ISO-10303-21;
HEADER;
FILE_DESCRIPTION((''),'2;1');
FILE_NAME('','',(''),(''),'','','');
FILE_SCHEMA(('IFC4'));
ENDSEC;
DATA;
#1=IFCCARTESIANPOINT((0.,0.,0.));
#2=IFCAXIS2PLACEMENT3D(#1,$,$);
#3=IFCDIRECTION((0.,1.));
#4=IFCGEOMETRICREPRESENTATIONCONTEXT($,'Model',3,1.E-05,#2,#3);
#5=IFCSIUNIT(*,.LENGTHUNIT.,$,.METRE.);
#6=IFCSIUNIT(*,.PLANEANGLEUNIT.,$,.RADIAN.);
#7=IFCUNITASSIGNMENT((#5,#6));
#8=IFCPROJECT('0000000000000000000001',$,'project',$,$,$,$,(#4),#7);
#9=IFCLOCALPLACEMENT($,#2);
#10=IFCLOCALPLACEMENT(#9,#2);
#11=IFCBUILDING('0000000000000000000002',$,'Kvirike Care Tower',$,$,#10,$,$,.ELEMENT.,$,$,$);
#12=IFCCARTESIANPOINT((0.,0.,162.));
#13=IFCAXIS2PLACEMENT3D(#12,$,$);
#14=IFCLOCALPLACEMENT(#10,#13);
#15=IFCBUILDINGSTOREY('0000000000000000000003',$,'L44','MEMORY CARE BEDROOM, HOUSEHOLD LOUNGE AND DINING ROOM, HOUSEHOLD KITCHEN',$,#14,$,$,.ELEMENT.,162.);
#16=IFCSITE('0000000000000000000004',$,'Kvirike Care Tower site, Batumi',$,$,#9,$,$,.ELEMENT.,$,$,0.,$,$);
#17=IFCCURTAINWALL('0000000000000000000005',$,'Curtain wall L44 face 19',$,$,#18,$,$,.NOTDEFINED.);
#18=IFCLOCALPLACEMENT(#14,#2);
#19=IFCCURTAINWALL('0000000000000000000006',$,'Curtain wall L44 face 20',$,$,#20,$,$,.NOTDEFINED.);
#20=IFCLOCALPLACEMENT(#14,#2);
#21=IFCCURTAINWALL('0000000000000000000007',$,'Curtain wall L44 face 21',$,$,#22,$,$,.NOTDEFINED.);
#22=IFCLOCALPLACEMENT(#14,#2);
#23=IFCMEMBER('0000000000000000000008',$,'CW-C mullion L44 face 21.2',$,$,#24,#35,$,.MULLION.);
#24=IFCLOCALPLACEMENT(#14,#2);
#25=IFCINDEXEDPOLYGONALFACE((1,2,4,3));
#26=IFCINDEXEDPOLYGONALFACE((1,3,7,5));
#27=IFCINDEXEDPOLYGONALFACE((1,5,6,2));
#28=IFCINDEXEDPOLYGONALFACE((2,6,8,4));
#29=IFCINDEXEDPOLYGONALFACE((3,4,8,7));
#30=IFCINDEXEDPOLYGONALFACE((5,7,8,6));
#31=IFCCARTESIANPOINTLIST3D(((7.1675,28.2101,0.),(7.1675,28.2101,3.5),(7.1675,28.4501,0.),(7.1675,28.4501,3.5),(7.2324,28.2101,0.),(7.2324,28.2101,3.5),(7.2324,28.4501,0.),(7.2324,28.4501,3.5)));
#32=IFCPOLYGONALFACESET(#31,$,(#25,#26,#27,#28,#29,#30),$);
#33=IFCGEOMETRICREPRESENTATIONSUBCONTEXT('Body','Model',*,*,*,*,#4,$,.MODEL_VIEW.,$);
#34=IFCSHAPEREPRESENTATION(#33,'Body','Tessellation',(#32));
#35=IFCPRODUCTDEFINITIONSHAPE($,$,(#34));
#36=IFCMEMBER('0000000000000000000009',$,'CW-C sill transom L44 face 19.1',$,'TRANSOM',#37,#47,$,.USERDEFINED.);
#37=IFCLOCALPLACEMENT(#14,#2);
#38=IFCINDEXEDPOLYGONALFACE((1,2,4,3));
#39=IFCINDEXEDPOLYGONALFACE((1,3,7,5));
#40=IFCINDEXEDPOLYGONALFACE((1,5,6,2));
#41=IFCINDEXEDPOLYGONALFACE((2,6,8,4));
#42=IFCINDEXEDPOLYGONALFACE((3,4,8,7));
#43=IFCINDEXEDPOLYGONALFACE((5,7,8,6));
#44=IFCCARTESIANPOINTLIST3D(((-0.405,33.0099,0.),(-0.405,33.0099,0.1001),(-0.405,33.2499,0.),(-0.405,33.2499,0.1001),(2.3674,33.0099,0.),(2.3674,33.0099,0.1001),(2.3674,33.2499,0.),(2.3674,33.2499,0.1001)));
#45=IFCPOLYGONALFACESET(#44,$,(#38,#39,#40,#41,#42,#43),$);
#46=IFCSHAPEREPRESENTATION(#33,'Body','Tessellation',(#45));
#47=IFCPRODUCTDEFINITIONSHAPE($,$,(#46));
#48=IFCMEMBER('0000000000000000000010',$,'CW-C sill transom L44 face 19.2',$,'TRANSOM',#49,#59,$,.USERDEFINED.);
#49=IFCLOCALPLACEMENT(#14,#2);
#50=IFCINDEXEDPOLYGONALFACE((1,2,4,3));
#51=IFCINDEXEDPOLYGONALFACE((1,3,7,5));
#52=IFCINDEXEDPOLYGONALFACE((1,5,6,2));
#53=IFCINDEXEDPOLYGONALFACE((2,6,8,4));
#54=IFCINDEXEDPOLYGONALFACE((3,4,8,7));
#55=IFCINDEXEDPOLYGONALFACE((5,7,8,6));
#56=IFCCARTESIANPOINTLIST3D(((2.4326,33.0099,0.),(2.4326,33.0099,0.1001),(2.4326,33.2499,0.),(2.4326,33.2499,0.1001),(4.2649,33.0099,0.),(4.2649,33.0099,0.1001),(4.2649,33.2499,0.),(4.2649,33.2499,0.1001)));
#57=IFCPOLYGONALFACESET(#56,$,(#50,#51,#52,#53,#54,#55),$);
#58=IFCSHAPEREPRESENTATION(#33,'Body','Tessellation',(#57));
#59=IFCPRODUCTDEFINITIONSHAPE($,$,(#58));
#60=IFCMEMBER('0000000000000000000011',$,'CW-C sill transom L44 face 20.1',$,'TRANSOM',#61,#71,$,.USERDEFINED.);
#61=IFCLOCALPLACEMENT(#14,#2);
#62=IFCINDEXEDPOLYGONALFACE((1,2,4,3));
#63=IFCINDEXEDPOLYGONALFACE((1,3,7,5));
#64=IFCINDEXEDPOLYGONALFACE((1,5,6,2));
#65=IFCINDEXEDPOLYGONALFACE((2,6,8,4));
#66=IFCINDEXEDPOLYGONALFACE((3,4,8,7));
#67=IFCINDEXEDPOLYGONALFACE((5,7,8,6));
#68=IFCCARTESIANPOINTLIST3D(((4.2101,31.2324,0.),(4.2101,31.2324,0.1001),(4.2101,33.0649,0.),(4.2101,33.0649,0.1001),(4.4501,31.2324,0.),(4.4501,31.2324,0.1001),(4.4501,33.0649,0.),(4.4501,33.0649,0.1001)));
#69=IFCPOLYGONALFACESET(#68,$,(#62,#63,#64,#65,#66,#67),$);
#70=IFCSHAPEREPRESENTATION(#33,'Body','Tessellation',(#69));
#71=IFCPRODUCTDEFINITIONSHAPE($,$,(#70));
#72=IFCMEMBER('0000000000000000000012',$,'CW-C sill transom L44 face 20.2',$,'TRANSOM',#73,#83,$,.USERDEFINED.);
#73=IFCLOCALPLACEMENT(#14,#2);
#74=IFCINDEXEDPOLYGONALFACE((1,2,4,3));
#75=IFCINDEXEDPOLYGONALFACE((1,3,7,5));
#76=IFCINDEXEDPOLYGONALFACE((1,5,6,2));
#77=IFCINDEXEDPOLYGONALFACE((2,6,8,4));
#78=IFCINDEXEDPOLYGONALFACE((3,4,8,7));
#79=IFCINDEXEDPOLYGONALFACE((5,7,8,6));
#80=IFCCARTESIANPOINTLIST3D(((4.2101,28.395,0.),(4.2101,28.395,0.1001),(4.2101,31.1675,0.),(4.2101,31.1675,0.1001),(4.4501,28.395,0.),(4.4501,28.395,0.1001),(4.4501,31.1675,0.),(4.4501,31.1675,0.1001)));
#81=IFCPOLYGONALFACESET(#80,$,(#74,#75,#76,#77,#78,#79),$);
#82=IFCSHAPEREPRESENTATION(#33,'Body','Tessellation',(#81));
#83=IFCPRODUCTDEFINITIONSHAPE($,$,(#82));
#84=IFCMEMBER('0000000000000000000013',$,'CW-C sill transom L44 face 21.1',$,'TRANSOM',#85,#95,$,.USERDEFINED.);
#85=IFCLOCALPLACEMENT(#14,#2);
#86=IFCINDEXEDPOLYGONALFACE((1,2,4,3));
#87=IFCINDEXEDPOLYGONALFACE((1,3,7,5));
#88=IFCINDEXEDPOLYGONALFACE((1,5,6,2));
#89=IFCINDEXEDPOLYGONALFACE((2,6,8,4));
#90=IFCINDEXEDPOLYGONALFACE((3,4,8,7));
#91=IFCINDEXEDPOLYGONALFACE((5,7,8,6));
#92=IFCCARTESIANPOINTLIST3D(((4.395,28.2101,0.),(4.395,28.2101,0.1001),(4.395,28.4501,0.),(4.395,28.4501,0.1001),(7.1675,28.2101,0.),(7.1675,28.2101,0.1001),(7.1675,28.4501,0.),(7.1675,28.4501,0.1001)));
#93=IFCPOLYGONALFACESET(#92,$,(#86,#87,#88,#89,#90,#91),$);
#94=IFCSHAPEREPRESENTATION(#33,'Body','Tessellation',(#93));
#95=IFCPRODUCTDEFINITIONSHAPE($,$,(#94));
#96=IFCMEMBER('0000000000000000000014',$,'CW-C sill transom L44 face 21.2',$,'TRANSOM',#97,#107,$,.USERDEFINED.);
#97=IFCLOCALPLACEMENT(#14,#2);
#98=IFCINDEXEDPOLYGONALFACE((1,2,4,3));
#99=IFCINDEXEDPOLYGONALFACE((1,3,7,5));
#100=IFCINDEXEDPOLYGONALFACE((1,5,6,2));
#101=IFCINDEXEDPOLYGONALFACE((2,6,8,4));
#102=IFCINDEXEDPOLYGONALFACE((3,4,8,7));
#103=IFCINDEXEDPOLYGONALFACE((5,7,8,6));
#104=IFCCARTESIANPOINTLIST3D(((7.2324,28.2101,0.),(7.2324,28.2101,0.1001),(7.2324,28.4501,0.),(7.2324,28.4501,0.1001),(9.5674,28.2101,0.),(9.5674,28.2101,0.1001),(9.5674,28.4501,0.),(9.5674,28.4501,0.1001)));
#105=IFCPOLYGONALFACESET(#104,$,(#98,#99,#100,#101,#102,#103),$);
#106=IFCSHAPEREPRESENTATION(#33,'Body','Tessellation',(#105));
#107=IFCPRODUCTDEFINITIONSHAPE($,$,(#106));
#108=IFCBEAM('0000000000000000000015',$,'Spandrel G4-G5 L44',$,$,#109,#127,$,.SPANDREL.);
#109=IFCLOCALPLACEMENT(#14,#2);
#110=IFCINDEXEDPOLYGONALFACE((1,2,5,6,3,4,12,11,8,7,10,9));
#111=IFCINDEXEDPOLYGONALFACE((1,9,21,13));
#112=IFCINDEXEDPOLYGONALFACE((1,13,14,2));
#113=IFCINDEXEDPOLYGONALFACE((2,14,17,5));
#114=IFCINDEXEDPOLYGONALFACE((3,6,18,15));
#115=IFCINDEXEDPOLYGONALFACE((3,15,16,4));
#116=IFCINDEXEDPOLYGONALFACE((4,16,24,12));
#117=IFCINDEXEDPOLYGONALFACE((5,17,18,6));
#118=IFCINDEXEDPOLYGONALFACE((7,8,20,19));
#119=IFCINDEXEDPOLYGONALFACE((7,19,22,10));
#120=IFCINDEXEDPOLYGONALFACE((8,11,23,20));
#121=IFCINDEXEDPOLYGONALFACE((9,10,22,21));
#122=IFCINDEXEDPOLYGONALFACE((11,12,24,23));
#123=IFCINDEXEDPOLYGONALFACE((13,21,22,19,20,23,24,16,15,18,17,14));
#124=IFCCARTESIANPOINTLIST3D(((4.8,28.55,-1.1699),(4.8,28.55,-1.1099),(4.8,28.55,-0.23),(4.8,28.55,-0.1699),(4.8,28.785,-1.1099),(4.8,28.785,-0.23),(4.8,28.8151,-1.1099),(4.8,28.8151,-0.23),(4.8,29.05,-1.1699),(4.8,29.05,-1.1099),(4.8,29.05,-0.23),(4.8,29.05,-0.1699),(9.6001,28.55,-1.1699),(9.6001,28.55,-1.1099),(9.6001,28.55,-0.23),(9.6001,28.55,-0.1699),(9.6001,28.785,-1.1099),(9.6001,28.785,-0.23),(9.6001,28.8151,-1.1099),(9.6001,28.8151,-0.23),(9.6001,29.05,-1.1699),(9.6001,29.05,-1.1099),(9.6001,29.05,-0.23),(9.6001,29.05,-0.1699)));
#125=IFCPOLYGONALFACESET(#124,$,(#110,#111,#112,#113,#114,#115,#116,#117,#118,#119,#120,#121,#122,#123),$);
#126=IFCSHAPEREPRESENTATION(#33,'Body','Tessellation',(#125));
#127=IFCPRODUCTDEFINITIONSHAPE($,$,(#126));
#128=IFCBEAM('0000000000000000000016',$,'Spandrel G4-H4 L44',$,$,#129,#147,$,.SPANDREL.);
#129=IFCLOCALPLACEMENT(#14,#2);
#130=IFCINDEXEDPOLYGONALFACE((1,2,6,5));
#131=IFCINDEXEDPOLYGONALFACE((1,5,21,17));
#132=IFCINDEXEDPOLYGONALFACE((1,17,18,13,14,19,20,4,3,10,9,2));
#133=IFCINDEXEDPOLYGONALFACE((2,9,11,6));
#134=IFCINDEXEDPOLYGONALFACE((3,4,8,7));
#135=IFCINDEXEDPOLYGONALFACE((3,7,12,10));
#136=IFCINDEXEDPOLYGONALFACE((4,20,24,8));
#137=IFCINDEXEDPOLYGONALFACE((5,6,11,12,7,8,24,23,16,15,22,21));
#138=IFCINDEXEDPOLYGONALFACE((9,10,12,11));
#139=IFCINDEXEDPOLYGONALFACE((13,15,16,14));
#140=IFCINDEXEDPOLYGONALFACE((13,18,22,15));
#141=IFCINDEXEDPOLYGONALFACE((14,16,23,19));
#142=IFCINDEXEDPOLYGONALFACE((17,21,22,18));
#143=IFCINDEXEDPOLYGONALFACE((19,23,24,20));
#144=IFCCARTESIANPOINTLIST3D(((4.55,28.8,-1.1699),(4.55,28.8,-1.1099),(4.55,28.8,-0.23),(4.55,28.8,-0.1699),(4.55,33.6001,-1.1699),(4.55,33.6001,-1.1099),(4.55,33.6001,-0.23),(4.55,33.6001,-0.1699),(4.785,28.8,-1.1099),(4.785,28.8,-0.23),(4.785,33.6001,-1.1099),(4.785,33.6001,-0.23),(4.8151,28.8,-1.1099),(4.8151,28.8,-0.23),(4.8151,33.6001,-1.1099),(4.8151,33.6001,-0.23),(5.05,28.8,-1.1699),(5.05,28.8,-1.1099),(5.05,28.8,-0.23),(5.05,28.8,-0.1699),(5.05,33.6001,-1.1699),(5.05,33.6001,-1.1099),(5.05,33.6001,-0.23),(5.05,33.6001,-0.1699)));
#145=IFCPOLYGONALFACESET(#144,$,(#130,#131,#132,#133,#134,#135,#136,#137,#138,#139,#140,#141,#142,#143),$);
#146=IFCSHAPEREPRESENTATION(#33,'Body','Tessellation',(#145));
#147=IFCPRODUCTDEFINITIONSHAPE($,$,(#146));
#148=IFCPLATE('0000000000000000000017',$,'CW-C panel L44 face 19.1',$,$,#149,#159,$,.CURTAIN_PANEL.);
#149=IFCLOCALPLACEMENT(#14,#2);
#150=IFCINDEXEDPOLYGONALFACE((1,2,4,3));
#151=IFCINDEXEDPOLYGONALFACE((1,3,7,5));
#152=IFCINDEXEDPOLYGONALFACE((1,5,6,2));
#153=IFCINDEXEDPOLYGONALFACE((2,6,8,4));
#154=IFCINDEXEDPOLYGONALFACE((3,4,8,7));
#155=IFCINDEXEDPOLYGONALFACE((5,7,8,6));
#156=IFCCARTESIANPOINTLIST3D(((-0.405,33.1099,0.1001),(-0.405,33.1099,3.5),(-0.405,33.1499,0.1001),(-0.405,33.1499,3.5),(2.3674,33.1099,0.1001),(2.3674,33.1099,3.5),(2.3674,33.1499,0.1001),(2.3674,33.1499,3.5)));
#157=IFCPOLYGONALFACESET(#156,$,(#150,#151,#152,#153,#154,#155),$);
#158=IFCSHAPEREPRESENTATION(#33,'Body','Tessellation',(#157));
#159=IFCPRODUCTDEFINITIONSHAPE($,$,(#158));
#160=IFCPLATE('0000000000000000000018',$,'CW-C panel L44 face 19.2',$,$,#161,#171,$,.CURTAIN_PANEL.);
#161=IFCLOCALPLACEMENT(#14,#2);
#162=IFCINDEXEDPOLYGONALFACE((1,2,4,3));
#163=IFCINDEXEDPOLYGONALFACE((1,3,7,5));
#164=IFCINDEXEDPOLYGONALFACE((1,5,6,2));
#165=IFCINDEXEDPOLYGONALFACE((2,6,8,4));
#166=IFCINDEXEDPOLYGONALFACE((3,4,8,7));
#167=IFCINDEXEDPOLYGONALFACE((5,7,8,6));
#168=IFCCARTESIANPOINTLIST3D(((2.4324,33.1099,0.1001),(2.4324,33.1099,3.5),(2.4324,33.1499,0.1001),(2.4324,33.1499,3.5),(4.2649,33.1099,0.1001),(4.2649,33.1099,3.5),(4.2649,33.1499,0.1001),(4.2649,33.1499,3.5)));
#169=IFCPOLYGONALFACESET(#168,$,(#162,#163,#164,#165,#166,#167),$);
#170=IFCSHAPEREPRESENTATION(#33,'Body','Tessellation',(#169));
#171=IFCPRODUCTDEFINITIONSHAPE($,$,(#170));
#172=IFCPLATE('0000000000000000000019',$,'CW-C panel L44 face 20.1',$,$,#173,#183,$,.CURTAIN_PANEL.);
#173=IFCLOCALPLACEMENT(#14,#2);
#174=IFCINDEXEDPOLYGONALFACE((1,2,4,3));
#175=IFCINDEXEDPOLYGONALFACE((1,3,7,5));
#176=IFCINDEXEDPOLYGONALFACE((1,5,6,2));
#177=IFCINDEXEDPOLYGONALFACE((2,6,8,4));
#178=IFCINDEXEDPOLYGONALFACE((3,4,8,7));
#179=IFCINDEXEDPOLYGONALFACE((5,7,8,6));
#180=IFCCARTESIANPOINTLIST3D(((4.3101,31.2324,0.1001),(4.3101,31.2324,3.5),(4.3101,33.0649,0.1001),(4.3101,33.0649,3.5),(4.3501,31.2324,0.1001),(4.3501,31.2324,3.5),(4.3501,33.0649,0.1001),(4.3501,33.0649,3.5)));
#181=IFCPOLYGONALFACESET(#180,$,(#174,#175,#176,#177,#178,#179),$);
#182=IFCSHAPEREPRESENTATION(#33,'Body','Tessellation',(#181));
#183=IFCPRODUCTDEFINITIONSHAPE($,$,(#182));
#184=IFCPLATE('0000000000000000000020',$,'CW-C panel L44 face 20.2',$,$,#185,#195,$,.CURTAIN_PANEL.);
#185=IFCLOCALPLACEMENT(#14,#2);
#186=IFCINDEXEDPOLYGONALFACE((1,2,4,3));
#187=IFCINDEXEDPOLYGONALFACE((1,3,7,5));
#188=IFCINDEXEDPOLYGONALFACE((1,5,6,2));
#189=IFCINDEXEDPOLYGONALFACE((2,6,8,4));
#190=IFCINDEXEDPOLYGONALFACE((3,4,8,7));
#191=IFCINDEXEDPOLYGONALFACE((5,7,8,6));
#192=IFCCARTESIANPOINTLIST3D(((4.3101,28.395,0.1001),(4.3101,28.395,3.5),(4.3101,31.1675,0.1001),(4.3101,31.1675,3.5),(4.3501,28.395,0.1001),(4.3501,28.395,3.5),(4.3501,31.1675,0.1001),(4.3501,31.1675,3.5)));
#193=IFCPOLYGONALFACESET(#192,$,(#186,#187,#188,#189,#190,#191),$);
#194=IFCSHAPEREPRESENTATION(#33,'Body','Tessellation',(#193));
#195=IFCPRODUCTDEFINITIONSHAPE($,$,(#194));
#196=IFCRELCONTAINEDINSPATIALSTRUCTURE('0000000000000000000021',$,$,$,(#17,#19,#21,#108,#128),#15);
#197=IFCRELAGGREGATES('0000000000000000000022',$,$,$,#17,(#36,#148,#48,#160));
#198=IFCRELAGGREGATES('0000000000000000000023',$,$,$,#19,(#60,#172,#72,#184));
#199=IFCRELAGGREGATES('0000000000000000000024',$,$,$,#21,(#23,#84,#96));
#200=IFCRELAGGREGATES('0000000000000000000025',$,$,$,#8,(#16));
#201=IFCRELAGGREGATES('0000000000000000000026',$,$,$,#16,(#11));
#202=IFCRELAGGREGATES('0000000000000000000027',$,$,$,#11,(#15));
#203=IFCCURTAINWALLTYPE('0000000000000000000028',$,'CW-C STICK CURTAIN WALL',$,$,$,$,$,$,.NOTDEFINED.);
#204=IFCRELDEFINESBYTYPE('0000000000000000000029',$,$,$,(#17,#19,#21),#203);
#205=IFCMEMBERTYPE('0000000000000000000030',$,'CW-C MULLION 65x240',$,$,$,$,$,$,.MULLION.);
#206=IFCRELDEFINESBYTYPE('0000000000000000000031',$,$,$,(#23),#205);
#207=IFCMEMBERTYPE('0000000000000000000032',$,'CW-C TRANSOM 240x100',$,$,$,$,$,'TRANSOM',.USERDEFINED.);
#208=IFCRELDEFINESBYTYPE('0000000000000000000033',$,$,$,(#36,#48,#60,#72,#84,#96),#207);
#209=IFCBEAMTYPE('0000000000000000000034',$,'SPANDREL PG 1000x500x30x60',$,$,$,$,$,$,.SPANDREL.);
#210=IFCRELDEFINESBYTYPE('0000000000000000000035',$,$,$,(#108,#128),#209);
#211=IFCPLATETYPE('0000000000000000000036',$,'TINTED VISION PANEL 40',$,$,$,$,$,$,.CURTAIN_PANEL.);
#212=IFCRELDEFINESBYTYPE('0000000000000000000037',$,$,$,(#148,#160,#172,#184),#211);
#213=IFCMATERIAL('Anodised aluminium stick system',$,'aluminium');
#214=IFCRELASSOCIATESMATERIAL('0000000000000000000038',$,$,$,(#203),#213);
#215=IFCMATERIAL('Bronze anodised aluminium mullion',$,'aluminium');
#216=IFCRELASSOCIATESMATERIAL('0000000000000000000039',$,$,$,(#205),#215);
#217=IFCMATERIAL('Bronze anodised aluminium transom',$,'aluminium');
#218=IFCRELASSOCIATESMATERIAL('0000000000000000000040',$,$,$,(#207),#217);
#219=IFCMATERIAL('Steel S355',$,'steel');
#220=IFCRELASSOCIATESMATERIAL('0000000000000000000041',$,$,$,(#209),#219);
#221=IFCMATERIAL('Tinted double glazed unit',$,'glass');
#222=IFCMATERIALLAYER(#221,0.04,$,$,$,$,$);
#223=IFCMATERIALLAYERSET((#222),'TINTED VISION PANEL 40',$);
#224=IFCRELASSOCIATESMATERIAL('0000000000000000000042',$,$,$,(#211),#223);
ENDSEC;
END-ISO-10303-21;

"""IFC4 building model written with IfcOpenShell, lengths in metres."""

from ifc_helpers import new_model, si_unit, direction, frame, origin, origin_2d, place, context, subcontext, project, spatial, rectangle, i_section, extrude, material, layer, layer_set, material_profile, profile_set, type_object, element, aggregate, save


model = new_model("IFC4")

# Units and contexts
model_context = context("Model", 3, precision=1e-05, world=origin(), true_north=direction((0.0, 1.0)))
body_context = subcontext(model_context, "Body", "Model", "MODEL_VIEW")
ifc_project = project(units=[si_unit("LENGTHUNIT", "METRE"), si_unit("PLANEANGLEUNIT", "RADIAN")], contexts=[model_context])

# Site, building, storey
site_placement = place(None, origin())
site = spatial("IfcSite", under=ifc_project, at=site_placement, Name="Kvirike Care Tower site, Batumi", CompositionType="ELEMENT", RefElevation=0.0)
building_placement = place(site_placement, origin())
building = spatial("IfcBuilding", under=site, at=building_placement, Name="Kvirike Care Tower", CompositionType="ELEMENT")
storey_placement = place(building_placement, frame((0.0, 0.0, 162.0)))
storey = spatial("IfcBuildingStorey", under=building, at=storey_placement, Name="L44", Description="MEMORY CARE BEDROOM, HOUSEHOLD LOUNGE AND DINING ROOM, HOUSEHOLD KITCHEN", CompositionType="ELEMENT", Elevation=162.0)

# Curtain walls
ifc_material_1 = material(Name="Anodised aluminium stick system", Category="aluminium")
curtain_wall_type = type_object("IfcCurtainWallType", Name="CW-C STICK CURTAIN WALL", PredefinedType="NOTDEFINED", material=ifc_material_1)
curtain_wall_1_placement = place(storey_placement, origin())
curtain_wall_1 = element("IfcCurtainWall", 1, at=curtain_wall_1_placement, inside=storey, type_object=curtain_wall_type, Name="Curtain wall L44 face 19", PredefinedType="NOTDEFINED")
curtain_wall_2_placement = place(storey_placement, origin())
curtain_wall_2 = element("IfcCurtainWall", 2, at=curtain_wall_2_placement, inside=storey, type_object=curtain_wall_type, Name="Curtain wall L44 face 20", PredefinedType="NOTDEFINED")
curtain_wall_3_placement = place(storey_placement, origin())
curtain_wall_3 = element("IfcCurtainWall", 3, at=curtain_wall_3_placement, inside=storey, type_object=curtain_wall_type, Name="Curtain wall L44 face 21", PredefinedType="NOTDEFINED")
ifc_material_2 = material(Name="Bronze anodised aluminium mullion", Category="aluminium")
ifc_material_profile_1 = material_profile(ifc_material_2, rectangle(XDim=0.0649, YDim=0.24, at=origin_2d()), Name="CW-C MULLION 65x240")
ifc_profile_set_1 = profile_set([ifc_material_profile_1], Name="Bronze anodised aluminium mullion")
member_type_1 = type_object("IfcMemberType", Name="CW-C MULLION 65x240", PredefinedType="MULLION", material=ifc_profile_set_1)

# Members
member_1_placement = place(storey_placement, frame((7.2, 28.3301, 0.0), z_axis=(0.0, 0.0, 1.0), x_axis=(1.0, 0.0, 0.0)))
member_1 = element("IfcMember", 4, at=member_1_placement, type_object=member_type_1, Name="CW-C mullion L44 face 21.2", PredefinedType="MULLION", context=body_context, shape_type="SweptSolid", body=[
    extrude(rectangle(XDim=0.0649, YDim=0.24, at=origin_2d()), origin(), (0.0, 0.0, 1.0), 3.5),
])
ifc_material_3 = material(Name="Bronze anodised aluminium transom", Category="aluminium")
ifc_material_profile_2 = material_profile(ifc_material_3, rectangle(XDim=0.24, YDim=0.1001, at=origin_2d()), Name="CW-C TRANSOM 240x100")
ifc_profile_set_2 = profile_set([ifc_material_profile_2], Name="Bronze anodised aluminium transom")
member_type_2 = type_object("IfcMemberType", Name="CW-C TRANSOM 240x100", ElementType="TRANSOM", PredefinedType="USERDEFINED", material=ifc_profile_set_2)
member_2_placement = place(storey_placement, frame((-0.405, 33.1299, 0.05), z_axis=(1.0, 0.0, 0.0), x_axis=(0.0, 1.0, 0.0)))
member_2 = element("IfcMember", 5, at=member_2_placement, type_object=member_type_2, Name="CW-C sill transom L44 face 19.1", ObjectType="TRANSOM", PredefinedType="USERDEFINED", context=body_context, shape_type="SweptSolid", body=[
    extrude(rectangle(XDim=0.24, YDim=0.1001, at=origin_2d()), origin(), (0.0, 0.0, 1.0), 2.7725),
])
member_3_placement = place(storey_placement, frame((2.4326, 33.1299, 0.05), z_axis=(1.0, 0.0, 0.0), x_axis=(0.0, 1.0, 0.0)))
member_3 = element("IfcMember", 6, at=member_3_placement, type_object=member_type_2, Name="CW-C sill transom L44 face 19.2", ObjectType="TRANSOM", PredefinedType="USERDEFINED", context=body_context, shape_type="SweptSolid", body=[
    extrude(rectangle(XDim=0.24, YDim=0.1001, at=origin_2d()), origin(), (0.0, 0.0, 1.0), 1.8323),
])
member_4_placement = place(storey_placement, frame((4.3301, 33.0649, 0.05), z_axis=(0.0, -1.0, 0.0), x_axis=(1.0, 0.0, 0.0)))
member_4 = element("IfcMember", 7, at=member_4_placement, type_object=member_type_2, Name="CW-C sill transom L44 face 20.1", ObjectType="TRANSOM", PredefinedType="USERDEFINED", context=body_context, shape_type="SweptSolid", body=[
    extrude(rectangle(XDim=0.24, YDim=0.1001, at=origin_2d()), origin(), (0.0, 0.0, 1.0), 1.8325),
])
member_5_placement = place(storey_placement, frame((4.3301, 31.1675, 0.05), z_axis=(0.0, -1.0, 0.0), x_axis=(1.0, 0.0, 0.0)))
member_5 = element("IfcMember", 8, at=member_5_placement, type_object=member_type_2, Name="CW-C sill transom L44 face 20.2", ObjectType="TRANSOM", PredefinedType="USERDEFINED", context=body_context, shape_type="SweptSolid", body=[
    extrude(rectangle(XDim=0.24, YDim=0.1001, at=origin_2d()), origin(), (0.0, 0.0, 1.0), 2.7725),
])
member_6_placement = place(storey_placement, frame((4.395, 28.3301, 0.05), z_axis=(1.0, 0.0, 0.0), x_axis=(0.0, 1.0, 0.0)))
member_6 = element("IfcMember", 9, at=member_6_placement, type_object=member_type_2, Name="CW-C sill transom L44 face 21.1", ObjectType="TRANSOM", PredefinedType="USERDEFINED", context=body_context, shape_type="SweptSolid", body=[
    extrude(rectangle(XDim=0.24, YDim=0.1001, at=origin_2d()), origin(), (0.0, 0.0, 1.0), 2.7725),
])
member_7_placement = place(storey_placement, frame((7.2324, 28.3301, 0.05), z_axis=(1.0, 0.0, 0.0), x_axis=(0.0, 1.0, 0.0)))
member_7 = element("IfcMember", 10, at=member_7_placement, type_object=member_type_2, Name="CW-C sill transom L44 face 21.2", ObjectType="TRANSOM", PredefinedType="USERDEFINED", context=body_context, shape_type="SweptSolid", body=[
    extrude(rectangle(XDim=0.24, YDim=0.1001, at=origin_2d()), origin(), (0.0, 0.0, 1.0), 2.335),
])

# Beams
ifc_material_4 = material(Name="Steel S355", Category="steel")
ifc_material_profile_3 = material_profile(ifc_material_4, i_section(OverallWidth=0.5, OverallDepth=1.0, WebThickness=0.03, FlangeThickness=0.0601, at=origin_2d()), Name="PG 1000x500x30x60")
ifc_profile_set_3 = profile_set([ifc_material_profile_3], Name="Steel S355")
beam_type = type_object("IfcBeamType", Name="SPANDREL PG 1000x500x30x60", PredefinedType="SPANDREL", material=ifc_profile_set_3)
for number, where, z_axis, x_axis, name in (
    (11, (4.8, 28.8, -0.6699), (1.0, 0.0, 0.0), (0.0, 1.0, 0.0), "Spandrel G4-G5 L44"),
    (12, (4.8, 28.8, -0.6699), (0.0, 1.0, 0.0), (-1.0, 0.0, 0.0), "Spandrel G4-H4 L44"),
):
    element("IfcBeam", number, at=place(storey_placement, frame(where, z_axis=z_axis, x_axis=x_axis)), inside=storey, type_object=beam_type, Name=name, PredefinedType="SPANDREL", context=body_context, shape_type="SweptSolid", body=[
        extrude(i_section(OverallWidth=0.5, OverallDepth=1.0, WebThickness=0.03, FlangeThickness=0.0601, at=origin_2d()), origin(), (0.0, 0.0, 1.0), 4.8),
    ])

# Plates
ifc_material_5 = material(Name="Tinted double glazed unit", Category="glass")
ifc_layer_1 = layer(ifc_material_5, 0.04)
ifc_layer_set_1 = layer_set([ifc_layer_1], Name="TINTED VISION PANEL 40")
plate_type = type_object("IfcPlateType", Name="TINTED VISION PANEL 40", PredefinedType="CURTAIN_PANEL", material=ifc_layer_set_1)
plate_1_placement = place(storey_placement, frame((0.9812, 33.1299, 0.1001), z_axis=(0.0, 0.0, 1.0), x_axis=(1.0, 0.0, 0.0)))
plate_1 = element("IfcPlate", 13, at=plate_1_placement, type_object=plate_type, Name="CW-C panel L44 face 19.1", PredefinedType="CURTAIN_PANEL", context=body_context, shape_type="SweptSolid", body=[
    extrude(rectangle(XDim=2.7725, YDim=0.04, at=origin_2d()), origin(), (0.0, 0.0, 1.0), 3.3999),
])
plate_2_placement = place(storey_placement, frame((3.3486, 33.1299, 0.1001), z_axis=(0.0, 0.0, 1.0), x_axis=(1.0, 0.0, 0.0)))
plate_2 = element("IfcPlate", 14, at=plate_2_placement, type_object=plate_type, Name="CW-C panel L44 face 19.2", PredefinedType="CURTAIN_PANEL", context=body_context, shape_type="SweptSolid", body=[
    extrude(rectangle(XDim=1.8325, YDim=0.04, at=origin_2d()), origin(), (0.0, 0.0, 1.0), 3.3999),
])
aggregate(curtain_wall_1, [member_2, plate_1, member_3, plate_2])
plate_3_placement = place(storey_placement, frame((4.3301, 32.1487, 0.1001), z_axis=(0.0, 0.0, 1.0), x_axis=(0.0, -1.0, 0.0)))
plate_3 = element("IfcPlate", 15, at=plate_3_placement, type_object=plate_type, Name="CW-C panel L44 face 20.1", PredefinedType="CURTAIN_PANEL", context=body_context, shape_type="SweptSolid", body=[
    extrude(rectangle(XDim=1.8325, YDim=0.04, at=origin_2d()), origin(), (0.0, 0.0, 1.0), 3.3999),
])
plate_4_placement = place(storey_placement, frame((4.3301, 29.7812, 0.1001), z_axis=(0.0, 0.0, 1.0), x_axis=(0.0, -1.0, 0.0)))
plate_4 = element("IfcPlate", 16, at=plate_4_placement, type_object=plate_type, Name="CW-C panel L44 face 20.2", PredefinedType="CURTAIN_PANEL", context=body_context, shape_type="SweptSolid", body=[
    extrude(rectangle(XDim=2.7725, YDim=0.04, at=origin_2d()), origin(), (0.0, 0.0, 1.0), 3.3999),
])
aggregate(curtain_wall_2, [member_4, plate_3, member_5, plate_4])
aggregate(curtain_wall_3, [member_1, member_6, member_7])

save(model, "model.ifc")
